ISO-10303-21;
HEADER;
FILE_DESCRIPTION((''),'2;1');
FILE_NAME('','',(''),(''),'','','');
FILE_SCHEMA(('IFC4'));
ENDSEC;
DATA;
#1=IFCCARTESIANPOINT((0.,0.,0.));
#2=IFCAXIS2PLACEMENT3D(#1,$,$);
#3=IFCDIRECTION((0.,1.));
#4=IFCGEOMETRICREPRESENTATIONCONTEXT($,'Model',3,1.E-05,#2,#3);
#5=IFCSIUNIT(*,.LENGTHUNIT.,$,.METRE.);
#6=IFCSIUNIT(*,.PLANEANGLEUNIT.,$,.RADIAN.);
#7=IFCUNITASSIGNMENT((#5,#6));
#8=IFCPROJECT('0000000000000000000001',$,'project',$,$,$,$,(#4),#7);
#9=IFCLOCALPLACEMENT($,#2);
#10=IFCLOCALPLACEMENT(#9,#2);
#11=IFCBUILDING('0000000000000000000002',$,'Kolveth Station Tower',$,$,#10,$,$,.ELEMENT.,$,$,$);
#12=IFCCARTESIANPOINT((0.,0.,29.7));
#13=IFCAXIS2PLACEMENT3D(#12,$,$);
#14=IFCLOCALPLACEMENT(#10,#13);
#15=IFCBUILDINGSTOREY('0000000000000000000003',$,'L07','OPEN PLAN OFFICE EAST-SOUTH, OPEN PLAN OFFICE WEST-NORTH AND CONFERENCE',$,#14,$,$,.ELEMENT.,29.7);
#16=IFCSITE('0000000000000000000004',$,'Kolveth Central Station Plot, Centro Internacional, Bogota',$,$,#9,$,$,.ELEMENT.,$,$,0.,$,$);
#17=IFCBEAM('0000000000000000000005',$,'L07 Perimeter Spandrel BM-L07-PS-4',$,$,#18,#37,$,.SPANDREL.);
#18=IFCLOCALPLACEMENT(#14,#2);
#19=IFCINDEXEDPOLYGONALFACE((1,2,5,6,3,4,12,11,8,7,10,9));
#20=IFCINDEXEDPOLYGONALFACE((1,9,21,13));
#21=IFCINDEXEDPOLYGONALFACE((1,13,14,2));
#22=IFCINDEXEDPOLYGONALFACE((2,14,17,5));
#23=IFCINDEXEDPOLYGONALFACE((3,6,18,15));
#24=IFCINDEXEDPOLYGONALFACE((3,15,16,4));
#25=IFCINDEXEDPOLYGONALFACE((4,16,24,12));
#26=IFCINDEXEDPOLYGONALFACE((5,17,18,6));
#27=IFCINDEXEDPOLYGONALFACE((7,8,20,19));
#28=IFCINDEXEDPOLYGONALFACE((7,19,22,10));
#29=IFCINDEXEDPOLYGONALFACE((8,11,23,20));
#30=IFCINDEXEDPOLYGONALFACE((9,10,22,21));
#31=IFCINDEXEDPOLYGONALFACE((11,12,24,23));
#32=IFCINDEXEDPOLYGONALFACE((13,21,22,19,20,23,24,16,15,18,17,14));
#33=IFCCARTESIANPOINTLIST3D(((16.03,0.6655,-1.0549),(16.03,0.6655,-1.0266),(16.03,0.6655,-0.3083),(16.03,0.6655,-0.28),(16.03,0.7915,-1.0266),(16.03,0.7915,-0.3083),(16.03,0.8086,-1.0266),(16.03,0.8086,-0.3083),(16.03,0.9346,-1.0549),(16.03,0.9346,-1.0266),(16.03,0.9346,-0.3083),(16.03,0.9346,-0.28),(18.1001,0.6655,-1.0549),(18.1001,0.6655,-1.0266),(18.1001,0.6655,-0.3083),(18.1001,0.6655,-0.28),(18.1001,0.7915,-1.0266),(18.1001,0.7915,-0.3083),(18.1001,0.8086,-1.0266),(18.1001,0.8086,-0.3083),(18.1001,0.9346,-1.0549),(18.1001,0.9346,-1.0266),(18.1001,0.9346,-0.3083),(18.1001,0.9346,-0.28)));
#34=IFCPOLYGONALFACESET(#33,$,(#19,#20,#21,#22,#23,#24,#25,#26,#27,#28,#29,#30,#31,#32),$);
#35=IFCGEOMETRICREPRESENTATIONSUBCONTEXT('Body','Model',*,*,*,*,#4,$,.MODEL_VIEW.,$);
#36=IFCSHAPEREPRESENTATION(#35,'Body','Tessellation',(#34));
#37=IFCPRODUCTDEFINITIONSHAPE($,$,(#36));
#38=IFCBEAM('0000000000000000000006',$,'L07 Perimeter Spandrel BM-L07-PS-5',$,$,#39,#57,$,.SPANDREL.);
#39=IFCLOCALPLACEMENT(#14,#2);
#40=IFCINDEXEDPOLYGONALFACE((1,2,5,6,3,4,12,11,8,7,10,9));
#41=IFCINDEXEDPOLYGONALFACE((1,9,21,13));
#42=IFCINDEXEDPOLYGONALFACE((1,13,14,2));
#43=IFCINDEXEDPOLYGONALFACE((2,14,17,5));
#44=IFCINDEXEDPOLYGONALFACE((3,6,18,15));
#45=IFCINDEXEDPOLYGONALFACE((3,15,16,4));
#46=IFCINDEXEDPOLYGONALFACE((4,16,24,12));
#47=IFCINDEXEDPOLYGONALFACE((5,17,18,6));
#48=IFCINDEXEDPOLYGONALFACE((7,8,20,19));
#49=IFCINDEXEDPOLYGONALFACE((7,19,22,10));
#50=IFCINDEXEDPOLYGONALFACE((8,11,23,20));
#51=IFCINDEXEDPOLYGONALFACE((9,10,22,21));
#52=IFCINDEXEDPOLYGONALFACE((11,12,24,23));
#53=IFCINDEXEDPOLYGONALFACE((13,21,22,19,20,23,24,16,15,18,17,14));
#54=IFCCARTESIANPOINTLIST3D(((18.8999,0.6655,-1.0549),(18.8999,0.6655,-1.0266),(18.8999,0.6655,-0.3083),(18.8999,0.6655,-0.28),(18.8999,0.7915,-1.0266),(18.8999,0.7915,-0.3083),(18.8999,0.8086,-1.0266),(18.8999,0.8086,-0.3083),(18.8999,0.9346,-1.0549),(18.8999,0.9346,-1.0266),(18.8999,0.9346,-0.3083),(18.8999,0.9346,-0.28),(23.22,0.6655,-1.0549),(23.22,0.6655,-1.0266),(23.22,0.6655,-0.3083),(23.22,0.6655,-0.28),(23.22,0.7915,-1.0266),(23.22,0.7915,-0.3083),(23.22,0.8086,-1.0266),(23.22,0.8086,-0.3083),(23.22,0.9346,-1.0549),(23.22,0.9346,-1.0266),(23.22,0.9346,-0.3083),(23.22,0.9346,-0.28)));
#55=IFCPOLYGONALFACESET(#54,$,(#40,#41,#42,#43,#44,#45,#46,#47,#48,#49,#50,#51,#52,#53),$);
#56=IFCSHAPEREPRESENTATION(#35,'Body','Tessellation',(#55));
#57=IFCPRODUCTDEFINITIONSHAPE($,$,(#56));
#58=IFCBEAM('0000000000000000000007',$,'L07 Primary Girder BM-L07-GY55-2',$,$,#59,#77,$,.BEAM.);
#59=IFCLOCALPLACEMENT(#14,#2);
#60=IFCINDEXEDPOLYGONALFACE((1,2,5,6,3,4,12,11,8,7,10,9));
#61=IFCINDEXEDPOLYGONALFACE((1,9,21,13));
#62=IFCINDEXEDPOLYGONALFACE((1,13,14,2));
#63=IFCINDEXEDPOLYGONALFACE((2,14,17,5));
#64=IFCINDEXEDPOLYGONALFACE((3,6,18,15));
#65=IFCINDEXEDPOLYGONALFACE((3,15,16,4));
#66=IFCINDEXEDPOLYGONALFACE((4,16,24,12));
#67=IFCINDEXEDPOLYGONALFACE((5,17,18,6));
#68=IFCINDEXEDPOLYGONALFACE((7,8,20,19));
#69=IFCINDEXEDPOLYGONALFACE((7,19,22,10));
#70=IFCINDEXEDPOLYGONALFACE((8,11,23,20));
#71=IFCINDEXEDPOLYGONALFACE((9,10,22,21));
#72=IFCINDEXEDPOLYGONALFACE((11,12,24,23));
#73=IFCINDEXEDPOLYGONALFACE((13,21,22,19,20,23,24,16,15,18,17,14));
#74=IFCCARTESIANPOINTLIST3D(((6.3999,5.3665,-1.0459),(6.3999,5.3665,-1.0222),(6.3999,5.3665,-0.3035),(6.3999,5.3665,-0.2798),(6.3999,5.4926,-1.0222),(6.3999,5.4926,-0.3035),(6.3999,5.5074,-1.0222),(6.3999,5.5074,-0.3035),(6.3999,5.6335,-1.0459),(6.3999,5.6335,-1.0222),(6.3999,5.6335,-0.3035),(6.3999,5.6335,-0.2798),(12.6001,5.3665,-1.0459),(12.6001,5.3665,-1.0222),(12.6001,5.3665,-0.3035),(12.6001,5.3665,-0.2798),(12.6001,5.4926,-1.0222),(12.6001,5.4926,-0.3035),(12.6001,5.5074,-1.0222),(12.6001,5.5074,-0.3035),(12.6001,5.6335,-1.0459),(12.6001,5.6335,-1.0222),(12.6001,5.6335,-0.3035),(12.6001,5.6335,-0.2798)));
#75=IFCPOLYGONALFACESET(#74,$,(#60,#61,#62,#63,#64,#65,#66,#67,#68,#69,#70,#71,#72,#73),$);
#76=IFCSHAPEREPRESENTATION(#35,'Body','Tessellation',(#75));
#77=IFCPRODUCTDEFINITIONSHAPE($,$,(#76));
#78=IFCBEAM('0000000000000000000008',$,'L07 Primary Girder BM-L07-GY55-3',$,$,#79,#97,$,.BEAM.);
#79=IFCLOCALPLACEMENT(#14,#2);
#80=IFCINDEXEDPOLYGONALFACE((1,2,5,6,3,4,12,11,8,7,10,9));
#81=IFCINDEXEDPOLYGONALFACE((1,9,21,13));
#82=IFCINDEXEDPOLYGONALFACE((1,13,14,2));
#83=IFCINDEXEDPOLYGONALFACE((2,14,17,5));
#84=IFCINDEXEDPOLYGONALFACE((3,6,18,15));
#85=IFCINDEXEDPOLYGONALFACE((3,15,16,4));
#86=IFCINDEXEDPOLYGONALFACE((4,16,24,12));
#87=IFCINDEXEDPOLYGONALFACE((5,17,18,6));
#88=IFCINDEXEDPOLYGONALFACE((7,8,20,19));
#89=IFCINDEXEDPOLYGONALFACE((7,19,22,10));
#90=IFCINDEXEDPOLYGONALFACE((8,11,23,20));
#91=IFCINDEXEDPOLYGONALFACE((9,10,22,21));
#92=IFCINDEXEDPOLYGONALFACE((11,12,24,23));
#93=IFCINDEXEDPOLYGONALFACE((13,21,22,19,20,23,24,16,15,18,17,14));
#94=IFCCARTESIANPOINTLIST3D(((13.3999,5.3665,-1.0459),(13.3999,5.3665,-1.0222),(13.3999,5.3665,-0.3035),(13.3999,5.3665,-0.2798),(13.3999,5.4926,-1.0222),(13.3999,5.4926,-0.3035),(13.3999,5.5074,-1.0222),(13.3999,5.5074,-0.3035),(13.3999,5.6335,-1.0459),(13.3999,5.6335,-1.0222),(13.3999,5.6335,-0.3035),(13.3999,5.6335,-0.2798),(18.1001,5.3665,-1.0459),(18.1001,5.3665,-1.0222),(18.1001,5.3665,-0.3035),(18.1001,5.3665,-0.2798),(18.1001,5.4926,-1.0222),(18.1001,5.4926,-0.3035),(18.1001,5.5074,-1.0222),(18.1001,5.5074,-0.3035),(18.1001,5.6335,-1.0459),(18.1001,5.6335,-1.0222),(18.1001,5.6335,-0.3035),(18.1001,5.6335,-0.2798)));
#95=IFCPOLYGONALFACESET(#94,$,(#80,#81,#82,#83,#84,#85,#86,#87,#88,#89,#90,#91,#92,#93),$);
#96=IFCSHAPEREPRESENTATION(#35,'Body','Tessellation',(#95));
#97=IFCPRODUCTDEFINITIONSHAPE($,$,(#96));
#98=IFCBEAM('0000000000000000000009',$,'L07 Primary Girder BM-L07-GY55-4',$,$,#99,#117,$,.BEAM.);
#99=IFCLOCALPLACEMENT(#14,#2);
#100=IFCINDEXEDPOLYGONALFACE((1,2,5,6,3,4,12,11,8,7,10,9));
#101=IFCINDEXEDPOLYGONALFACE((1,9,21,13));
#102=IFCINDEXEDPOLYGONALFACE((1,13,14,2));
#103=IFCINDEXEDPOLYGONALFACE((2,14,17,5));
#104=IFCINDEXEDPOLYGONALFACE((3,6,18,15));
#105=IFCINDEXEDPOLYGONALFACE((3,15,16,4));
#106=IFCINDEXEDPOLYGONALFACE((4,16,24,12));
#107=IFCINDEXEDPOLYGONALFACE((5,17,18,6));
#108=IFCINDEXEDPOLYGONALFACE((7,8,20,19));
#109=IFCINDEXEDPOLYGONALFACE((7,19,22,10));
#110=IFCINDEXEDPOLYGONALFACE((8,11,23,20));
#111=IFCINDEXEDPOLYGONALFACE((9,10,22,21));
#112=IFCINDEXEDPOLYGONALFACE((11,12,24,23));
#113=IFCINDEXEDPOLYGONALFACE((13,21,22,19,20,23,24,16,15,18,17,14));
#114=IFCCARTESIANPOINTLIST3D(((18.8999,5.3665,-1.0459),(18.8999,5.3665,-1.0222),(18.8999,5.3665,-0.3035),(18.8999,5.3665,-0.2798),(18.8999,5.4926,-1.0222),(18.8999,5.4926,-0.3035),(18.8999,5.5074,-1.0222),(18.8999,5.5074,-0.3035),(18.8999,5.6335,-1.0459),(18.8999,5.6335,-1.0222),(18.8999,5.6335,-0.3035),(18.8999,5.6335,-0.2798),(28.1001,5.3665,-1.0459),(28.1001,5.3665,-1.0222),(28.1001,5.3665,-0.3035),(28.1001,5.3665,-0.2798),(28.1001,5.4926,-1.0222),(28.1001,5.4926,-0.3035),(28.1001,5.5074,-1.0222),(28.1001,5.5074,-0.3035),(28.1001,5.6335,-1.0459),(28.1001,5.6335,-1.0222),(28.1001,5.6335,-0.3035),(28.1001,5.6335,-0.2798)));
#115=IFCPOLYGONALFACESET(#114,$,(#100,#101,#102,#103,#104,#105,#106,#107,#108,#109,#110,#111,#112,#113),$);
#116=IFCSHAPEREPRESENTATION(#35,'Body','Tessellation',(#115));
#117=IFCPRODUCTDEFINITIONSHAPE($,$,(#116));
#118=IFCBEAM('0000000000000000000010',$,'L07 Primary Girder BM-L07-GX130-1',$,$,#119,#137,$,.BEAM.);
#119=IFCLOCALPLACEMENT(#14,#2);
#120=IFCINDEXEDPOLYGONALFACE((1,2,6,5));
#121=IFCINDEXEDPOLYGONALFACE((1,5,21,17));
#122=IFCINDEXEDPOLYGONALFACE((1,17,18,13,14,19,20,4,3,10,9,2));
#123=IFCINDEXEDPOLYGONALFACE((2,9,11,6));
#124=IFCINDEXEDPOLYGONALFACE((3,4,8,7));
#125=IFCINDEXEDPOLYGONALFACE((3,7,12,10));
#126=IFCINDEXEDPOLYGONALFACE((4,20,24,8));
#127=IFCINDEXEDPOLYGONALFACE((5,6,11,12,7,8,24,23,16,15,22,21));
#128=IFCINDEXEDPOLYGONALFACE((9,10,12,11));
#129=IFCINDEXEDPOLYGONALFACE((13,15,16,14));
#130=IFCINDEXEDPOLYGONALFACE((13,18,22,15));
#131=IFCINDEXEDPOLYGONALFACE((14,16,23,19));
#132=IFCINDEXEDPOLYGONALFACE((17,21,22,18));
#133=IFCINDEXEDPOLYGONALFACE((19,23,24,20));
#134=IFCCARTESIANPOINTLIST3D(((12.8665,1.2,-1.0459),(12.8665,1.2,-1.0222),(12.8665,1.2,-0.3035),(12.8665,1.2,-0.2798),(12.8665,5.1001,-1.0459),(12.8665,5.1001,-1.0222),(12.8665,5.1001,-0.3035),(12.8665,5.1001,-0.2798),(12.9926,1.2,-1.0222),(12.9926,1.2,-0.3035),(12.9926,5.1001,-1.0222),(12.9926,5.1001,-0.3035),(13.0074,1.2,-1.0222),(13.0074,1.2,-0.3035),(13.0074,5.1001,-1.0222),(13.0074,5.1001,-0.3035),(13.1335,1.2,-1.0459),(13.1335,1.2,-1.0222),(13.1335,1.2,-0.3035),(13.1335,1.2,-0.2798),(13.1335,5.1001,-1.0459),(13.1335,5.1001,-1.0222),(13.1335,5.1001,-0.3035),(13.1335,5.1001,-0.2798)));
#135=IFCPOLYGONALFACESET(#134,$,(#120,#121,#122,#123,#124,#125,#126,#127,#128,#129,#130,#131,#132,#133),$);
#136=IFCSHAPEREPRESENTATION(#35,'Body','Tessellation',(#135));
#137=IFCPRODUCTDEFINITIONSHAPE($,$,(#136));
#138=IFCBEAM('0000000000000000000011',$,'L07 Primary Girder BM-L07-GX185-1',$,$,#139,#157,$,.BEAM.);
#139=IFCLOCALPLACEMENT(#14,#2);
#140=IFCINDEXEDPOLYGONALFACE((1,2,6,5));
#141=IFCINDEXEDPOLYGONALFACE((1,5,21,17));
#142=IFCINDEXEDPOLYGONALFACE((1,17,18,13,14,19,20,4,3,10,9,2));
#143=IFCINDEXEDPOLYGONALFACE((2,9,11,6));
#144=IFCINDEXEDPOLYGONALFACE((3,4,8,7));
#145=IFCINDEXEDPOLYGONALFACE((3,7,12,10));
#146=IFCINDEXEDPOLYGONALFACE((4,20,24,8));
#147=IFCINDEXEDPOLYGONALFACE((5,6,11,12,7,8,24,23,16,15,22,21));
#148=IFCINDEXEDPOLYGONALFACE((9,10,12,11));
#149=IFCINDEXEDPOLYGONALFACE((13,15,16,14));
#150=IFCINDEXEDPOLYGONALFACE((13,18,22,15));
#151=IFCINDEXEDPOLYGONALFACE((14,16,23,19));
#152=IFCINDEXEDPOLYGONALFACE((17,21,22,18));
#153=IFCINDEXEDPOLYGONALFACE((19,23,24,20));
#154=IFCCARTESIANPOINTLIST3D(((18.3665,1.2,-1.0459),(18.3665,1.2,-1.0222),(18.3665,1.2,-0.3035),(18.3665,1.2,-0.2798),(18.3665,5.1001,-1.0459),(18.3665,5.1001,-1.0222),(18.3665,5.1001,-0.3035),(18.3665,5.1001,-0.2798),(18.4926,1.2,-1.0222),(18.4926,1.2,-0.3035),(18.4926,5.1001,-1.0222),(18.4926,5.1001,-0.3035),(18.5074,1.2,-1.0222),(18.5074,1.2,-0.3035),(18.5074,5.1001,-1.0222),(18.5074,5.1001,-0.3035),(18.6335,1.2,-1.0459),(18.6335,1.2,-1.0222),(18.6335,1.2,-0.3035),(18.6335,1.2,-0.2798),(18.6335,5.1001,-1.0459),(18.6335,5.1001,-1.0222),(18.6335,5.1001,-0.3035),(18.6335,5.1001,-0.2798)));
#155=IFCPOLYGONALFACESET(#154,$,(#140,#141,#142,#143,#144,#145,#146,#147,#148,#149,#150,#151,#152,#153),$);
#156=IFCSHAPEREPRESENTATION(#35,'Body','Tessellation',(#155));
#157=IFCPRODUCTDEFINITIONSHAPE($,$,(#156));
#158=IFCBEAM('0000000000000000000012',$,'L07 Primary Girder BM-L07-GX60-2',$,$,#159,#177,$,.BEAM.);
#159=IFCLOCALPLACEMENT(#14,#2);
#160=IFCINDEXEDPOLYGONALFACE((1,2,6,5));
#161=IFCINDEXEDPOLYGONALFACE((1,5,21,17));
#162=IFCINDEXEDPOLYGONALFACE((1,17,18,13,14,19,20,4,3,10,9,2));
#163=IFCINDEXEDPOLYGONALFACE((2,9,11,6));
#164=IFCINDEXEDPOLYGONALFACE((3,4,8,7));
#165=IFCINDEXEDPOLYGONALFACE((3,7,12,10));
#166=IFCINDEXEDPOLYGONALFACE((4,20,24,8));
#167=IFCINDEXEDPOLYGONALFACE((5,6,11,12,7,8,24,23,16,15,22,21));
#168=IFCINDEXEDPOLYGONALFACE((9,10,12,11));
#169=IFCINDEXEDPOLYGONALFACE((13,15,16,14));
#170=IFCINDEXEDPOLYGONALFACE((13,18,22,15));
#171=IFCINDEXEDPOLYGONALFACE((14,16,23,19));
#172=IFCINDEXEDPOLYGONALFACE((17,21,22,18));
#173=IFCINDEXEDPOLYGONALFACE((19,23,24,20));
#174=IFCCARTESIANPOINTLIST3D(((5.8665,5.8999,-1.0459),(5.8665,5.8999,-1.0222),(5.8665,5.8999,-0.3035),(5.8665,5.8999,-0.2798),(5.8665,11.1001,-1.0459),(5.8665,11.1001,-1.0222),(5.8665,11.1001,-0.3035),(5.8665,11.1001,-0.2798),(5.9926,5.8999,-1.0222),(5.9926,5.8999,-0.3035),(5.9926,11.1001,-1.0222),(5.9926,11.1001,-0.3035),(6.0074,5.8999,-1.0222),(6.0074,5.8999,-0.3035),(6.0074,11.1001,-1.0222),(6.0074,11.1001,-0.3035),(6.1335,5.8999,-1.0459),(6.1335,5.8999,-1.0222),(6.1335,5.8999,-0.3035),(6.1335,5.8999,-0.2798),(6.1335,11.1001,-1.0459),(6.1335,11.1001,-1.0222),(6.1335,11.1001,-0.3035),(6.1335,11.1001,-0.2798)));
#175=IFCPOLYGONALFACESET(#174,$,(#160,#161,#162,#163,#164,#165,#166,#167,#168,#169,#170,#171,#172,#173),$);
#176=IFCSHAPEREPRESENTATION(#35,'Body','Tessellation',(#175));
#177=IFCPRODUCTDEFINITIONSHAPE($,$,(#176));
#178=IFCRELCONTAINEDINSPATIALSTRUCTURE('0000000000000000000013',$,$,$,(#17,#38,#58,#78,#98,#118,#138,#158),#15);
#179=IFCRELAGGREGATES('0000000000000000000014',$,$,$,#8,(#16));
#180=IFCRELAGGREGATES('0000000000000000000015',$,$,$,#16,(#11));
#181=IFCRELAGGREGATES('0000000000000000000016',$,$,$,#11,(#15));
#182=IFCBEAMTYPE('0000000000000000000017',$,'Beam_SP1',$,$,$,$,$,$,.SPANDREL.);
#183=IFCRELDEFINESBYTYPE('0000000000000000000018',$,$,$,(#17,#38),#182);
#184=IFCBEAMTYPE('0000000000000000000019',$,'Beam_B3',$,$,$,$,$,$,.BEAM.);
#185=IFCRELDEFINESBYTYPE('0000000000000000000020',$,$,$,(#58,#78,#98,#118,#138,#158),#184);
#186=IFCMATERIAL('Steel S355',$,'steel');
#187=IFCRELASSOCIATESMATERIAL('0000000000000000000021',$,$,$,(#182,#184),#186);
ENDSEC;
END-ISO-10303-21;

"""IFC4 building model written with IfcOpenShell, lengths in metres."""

from ifc_helpers import new_model, si_unit, direction, frame, origin, origin_2d, place, context, subcontext, project, spatial, i_section, extrude, source, transform, mapped, material, material_profile, profile_set, type_object, element, save


model = new_model("IFC4")

# Units and contexts
model_context = context("Model", 3, precision=1e-05, world=origin(), true_north=direction((0.0, 1.0)))
body_context = subcontext(model_context, "Body", "Model", "MODEL_VIEW")
ifc_project = project(units=[si_unit("LENGTHUNIT", "METRE"), si_unit("PLANEANGLEUNIT", "RADIAN")], contexts=[model_context])

# Site, building, storey
site_placement = place(None, origin())
site = spatial("IfcSite", under=ifc_project, at=site_placement, Name="Kolveth Central Station Plot, Centro Internacional, Bogota", CompositionType="ELEMENT", RefElevation=0.0)
building_placement = place(site_placement, origin())
building = spatial("IfcBuilding", under=site, at=building_placement, Name="Kolveth Station Tower", CompositionType="ELEMENT")
storey_placement = place(building_placement, frame((0.0, 0.0, 29.7)))
storey = spatial("IfcBuildingStorey", under=building, at=storey_placement, Name="L07", Description="OPEN PLAN OFFICE EAST-SOUTH, OPEN PLAN OFFICE WEST-NORTH AND CONFERENCE", CompositionType="ELEMENT", Elevation=29.7)

# Shared definitions
ifc_material_1 = material(Name="Steel S355", Category="steel")

# Beams
ifc_material_profile_1 = material_profile(ifc_material_1, i_section(OverallWidth=0.269, OverallDepth=0.7749, WebThickness=0.0171, FlangeThickness=0.0283, at=origin_2d()), Name="W760x220")
ifc_profile_set_1 = profile_set([ifc_material_profile_1], Name="Steel S355")
beam_type_1 = type_object("IfcBeamType", Name="Beam_SP1", PredefinedType="SPANDREL", material=ifc_profile_set_1)
shared_shape_1 = source(origin(), body_context, "Body", "SweptSolid", [
    extrude(i_section(OverallWidth=0.269, OverallDepth=0.7749, WebThickness=0.0171, FlangeThickness=0.0283, at=origin_2d()), origin(), (0.0, 0.0, 1.0), 2.0701),
])
for number, where, z_axis, x_axis, name in (
    (1, (16.03, 0.8, -0.6675), (1.0, 0.0, 0.0), (0.0, 1.0, 0.0), "L07 Perimeter Spandrel BM-L07-PS-4"),
):
    element("IfcBeam", number, at=place(storey_placement, frame(where, z_axis=z_axis, x_axis=x_axis)), inside=storey, type_object=beam_type_1, Name=name, PredefinedType="SPANDREL", context=body_context, shape_type="MappedRepresentation", body=[
        mapped(shared_shape_1, transform((0.0, 0.0, 0.0), x_axis=(1.0, 0.0, 0.0), y_axis=(0.0, 1.0, 0.0), z_axis=(0.0, 0.0, 1.0), scale=1.0)),
    ])
shared_shape_2 = source(origin(), body_context, "Body", "SweptSolid", [
    extrude(i_section(OverallWidth=0.269, OverallDepth=0.7749, WebThickness=0.0171, FlangeThickness=0.0283, at=origin_2d()), origin(), (0.0, 0.0, 1.0), 4.3201),
])
beam_1_placement = place(storey_placement, frame((18.8999, 0.8, -0.6675), z_axis=(1.0, 0.0, 0.0), x_axis=(0.0, 1.0, 0.0)))
element("IfcBeam", 2, at=beam_1_placement, inside=storey, type_object=beam_type_1, Name="L07 Perimeter Spandrel BM-L07-PS-5", PredefinedType="SPANDREL", context=body_context, shape_type="MappedRepresentation", body=[
    mapped(shared_shape_2, transform((0.0, 0.0, 0.0), x_axis=(1.0, 0.0, 0.0), y_axis=(0.0, 1.0, 0.0), z_axis=(0.0, 0.0, 1.0), scale=1.0)),
])
ifc_material_profile_2 = material_profile(ifc_material_1, i_section(OverallWidth=0.2671, OverallDepth=0.7661, WebThickness=0.0149, FlangeThickness=0.0237, at=origin_2d()), Name="W760x185")
ifc_profile_set_2 = profile_set([ifc_material_profile_2], Name="Steel S355")
beam_type_2 = type_object("IfcBeamType", Name="Beam_B3", PredefinedType="BEAM", material=ifc_profile_set_2)
shared_shape_3 = source(origin(), body_context, "Body", "SweptSolid", [
    extrude(i_section(OverallWidth=0.2671, OverallDepth=0.7661, WebThickness=0.0149, FlangeThickness=0.0237, at=origin_2d()), origin(), (0.0, 0.0, 1.0), 6.2002),
])
beam_2_placement = place(storey_placement, frame((6.3999, 5.5, -0.6628), z_axis=(1.0, 0.0, 0.0), x_axis=(0.0, 1.0, 0.0)))
element("IfcBeam", 3, at=beam_2_placement, inside=storey, type_object=beam_type_2, Name="L07 Primary Girder BM-L07-GY55-2", PredefinedType="BEAM", context=body_context, shape_type="MappedRepresentation", body=[
    mapped(shared_shape_3, transform((0.0, 0.0, 0.0), x_axis=(1.0, 0.0, 0.0), y_axis=(0.0, 1.0, 0.0), z_axis=(0.0, 0.0, 1.0), scale=1.0)),
])
shared_shape_4 = source(origin(), body_context, "Body", "SweptSolid", [
    extrude(i_section(OverallWidth=0.2671, OverallDepth=0.7661, WebThickness=0.0149, FlangeThickness=0.0237, at=origin_2d()), origin(), (0.0, 0.0, 1.0), 4.7002),
])
beam_3_placement = place(storey_placement, frame((13.3999, 5.5, -0.6628), z_axis=(1.0, 0.0, 0.0), x_axis=(0.0, 1.0, 0.0)))
element("IfcBeam", 4, at=beam_3_placement, inside=storey, type_object=beam_type_2, Name="L07 Primary Girder BM-L07-GY55-3", PredefinedType="BEAM", context=body_context, shape_type="MappedRepresentation", body=[
    mapped(shared_shape_4, transform((0.0, 0.0, 0.0), x_axis=(1.0, 0.0, 0.0), y_axis=(0.0, 1.0, 0.0), z_axis=(0.0, 0.0, 1.0), scale=1.0)),
])
shared_shape_5 = source(origin(), body_context, "Body", "SweptSolid", [
    extrude(i_section(OverallWidth=0.2671, OverallDepth=0.7661, WebThickness=0.0149, FlangeThickness=0.0237, at=origin_2d()), origin(), (0.0, 0.0, 1.0), 9.2002),
])
beam_4_placement = place(storey_placement, frame((18.8999, 5.5, -0.6628), z_axis=(1.0, 0.0, 0.0), x_axis=(0.0, 1.0, 0.0)))
element("IfcBeam", 5, at=beam_4_placement, inside=storey, type_object=beam_type_2, Name="L07 Primary Girder BM-L07-GY55-4", PredefinedType="BEAM", context=body_context, shape_type="MappedRepresentation", body=[
    mapped(shared_shape_5, transform((0.0, 0.0, 0.0), x_axis=(1.0, 0.0, 0.0), y_axis=(0.0, 1.0, 0.0), z_axis=(0.0, 0.0, 1.0), scale=1.0)),
])
shared_shape_6 = source(origin(), body_context, "Body", "SweptSolid", [
    extrude(i_section(OverallWidth=0.2671, OverallDepth=0.7661, WebThickness=0.0149, FlangeThickness=0.0237, at=origin_2d()), origin(), (0.0, 0.0, 1.0), 3.9001),
])
for number, where, z_axis, x_axis, name in (
    (6, (13.0, 1.2, -0.6628), (0.0, 1.0, 0.0), (-1.0, 0.0, 0.0), "L07 Primary Girder BM-L07-GX130-1"),
    (7, (18.5, 1.2, -0.6628), (0.0, 1.0, 0.0), (-1.0, 0.0, 0.0), "L07 Primary Girder BM-L07-GX185-1"),
):
    element("IfcBeam", number, at=place(storey_placement, frame(where, z_axis=z_axis, x_axis=x_axis)), inside=storey, type_object=beam_type_2, Name=name, PredefinedType="BEAM", context=body_context, shape_type="MappedRepresentation", body=[
        mapped(shared_shape_6, transform((0.0, 0.0, 0.0), x_axis=(1.0, 0.0, 0.0), y_axis=(0.0, 1.0, 0.0), z_axis=(0.0, 0.0, 1.0), scale=1.0)),
    ])
shared_shape_7 = source(origin(), body_context, "Body", "SweptSolid", [
    extrude(i_section(OverallWidth=0.2671, OverallDepth=0.7661, WebThickness=0.0149, FlangeThickness=0.0237, at=origin_2d()), origin(), (0.0, 0.0, 1.0), 5.2002),
])
for number, where, z_axis, x_axis, name in (
    (8, (6.0, 5.8999, -0.6628), (0.0, 1.0, 0.0), (-1.0, 0.0, 0.0), "L07 Primary Girder BM-L07-GX60-2"),
):
    element("IfcBeam", number, at=place(storey_placement, frame(where, z_axis=z_axis, x_axis=x_axis)), inside=storey, type_object=beam_type_2, Name=name, PredefinedType="BEAM", context=body_context, shape_type="MappedRepresentation", body=[
        mapped(shared_shape_7, transform((0.0, 0.0, 0.0), x_axis=(1.0, 0.0, 0.0), y_axis=(0.0, 1.0, 0.0), z_axis=(0.0, 0.0, 1.0), scale=1.0)),
    ])

save(model, "model.ifc")
